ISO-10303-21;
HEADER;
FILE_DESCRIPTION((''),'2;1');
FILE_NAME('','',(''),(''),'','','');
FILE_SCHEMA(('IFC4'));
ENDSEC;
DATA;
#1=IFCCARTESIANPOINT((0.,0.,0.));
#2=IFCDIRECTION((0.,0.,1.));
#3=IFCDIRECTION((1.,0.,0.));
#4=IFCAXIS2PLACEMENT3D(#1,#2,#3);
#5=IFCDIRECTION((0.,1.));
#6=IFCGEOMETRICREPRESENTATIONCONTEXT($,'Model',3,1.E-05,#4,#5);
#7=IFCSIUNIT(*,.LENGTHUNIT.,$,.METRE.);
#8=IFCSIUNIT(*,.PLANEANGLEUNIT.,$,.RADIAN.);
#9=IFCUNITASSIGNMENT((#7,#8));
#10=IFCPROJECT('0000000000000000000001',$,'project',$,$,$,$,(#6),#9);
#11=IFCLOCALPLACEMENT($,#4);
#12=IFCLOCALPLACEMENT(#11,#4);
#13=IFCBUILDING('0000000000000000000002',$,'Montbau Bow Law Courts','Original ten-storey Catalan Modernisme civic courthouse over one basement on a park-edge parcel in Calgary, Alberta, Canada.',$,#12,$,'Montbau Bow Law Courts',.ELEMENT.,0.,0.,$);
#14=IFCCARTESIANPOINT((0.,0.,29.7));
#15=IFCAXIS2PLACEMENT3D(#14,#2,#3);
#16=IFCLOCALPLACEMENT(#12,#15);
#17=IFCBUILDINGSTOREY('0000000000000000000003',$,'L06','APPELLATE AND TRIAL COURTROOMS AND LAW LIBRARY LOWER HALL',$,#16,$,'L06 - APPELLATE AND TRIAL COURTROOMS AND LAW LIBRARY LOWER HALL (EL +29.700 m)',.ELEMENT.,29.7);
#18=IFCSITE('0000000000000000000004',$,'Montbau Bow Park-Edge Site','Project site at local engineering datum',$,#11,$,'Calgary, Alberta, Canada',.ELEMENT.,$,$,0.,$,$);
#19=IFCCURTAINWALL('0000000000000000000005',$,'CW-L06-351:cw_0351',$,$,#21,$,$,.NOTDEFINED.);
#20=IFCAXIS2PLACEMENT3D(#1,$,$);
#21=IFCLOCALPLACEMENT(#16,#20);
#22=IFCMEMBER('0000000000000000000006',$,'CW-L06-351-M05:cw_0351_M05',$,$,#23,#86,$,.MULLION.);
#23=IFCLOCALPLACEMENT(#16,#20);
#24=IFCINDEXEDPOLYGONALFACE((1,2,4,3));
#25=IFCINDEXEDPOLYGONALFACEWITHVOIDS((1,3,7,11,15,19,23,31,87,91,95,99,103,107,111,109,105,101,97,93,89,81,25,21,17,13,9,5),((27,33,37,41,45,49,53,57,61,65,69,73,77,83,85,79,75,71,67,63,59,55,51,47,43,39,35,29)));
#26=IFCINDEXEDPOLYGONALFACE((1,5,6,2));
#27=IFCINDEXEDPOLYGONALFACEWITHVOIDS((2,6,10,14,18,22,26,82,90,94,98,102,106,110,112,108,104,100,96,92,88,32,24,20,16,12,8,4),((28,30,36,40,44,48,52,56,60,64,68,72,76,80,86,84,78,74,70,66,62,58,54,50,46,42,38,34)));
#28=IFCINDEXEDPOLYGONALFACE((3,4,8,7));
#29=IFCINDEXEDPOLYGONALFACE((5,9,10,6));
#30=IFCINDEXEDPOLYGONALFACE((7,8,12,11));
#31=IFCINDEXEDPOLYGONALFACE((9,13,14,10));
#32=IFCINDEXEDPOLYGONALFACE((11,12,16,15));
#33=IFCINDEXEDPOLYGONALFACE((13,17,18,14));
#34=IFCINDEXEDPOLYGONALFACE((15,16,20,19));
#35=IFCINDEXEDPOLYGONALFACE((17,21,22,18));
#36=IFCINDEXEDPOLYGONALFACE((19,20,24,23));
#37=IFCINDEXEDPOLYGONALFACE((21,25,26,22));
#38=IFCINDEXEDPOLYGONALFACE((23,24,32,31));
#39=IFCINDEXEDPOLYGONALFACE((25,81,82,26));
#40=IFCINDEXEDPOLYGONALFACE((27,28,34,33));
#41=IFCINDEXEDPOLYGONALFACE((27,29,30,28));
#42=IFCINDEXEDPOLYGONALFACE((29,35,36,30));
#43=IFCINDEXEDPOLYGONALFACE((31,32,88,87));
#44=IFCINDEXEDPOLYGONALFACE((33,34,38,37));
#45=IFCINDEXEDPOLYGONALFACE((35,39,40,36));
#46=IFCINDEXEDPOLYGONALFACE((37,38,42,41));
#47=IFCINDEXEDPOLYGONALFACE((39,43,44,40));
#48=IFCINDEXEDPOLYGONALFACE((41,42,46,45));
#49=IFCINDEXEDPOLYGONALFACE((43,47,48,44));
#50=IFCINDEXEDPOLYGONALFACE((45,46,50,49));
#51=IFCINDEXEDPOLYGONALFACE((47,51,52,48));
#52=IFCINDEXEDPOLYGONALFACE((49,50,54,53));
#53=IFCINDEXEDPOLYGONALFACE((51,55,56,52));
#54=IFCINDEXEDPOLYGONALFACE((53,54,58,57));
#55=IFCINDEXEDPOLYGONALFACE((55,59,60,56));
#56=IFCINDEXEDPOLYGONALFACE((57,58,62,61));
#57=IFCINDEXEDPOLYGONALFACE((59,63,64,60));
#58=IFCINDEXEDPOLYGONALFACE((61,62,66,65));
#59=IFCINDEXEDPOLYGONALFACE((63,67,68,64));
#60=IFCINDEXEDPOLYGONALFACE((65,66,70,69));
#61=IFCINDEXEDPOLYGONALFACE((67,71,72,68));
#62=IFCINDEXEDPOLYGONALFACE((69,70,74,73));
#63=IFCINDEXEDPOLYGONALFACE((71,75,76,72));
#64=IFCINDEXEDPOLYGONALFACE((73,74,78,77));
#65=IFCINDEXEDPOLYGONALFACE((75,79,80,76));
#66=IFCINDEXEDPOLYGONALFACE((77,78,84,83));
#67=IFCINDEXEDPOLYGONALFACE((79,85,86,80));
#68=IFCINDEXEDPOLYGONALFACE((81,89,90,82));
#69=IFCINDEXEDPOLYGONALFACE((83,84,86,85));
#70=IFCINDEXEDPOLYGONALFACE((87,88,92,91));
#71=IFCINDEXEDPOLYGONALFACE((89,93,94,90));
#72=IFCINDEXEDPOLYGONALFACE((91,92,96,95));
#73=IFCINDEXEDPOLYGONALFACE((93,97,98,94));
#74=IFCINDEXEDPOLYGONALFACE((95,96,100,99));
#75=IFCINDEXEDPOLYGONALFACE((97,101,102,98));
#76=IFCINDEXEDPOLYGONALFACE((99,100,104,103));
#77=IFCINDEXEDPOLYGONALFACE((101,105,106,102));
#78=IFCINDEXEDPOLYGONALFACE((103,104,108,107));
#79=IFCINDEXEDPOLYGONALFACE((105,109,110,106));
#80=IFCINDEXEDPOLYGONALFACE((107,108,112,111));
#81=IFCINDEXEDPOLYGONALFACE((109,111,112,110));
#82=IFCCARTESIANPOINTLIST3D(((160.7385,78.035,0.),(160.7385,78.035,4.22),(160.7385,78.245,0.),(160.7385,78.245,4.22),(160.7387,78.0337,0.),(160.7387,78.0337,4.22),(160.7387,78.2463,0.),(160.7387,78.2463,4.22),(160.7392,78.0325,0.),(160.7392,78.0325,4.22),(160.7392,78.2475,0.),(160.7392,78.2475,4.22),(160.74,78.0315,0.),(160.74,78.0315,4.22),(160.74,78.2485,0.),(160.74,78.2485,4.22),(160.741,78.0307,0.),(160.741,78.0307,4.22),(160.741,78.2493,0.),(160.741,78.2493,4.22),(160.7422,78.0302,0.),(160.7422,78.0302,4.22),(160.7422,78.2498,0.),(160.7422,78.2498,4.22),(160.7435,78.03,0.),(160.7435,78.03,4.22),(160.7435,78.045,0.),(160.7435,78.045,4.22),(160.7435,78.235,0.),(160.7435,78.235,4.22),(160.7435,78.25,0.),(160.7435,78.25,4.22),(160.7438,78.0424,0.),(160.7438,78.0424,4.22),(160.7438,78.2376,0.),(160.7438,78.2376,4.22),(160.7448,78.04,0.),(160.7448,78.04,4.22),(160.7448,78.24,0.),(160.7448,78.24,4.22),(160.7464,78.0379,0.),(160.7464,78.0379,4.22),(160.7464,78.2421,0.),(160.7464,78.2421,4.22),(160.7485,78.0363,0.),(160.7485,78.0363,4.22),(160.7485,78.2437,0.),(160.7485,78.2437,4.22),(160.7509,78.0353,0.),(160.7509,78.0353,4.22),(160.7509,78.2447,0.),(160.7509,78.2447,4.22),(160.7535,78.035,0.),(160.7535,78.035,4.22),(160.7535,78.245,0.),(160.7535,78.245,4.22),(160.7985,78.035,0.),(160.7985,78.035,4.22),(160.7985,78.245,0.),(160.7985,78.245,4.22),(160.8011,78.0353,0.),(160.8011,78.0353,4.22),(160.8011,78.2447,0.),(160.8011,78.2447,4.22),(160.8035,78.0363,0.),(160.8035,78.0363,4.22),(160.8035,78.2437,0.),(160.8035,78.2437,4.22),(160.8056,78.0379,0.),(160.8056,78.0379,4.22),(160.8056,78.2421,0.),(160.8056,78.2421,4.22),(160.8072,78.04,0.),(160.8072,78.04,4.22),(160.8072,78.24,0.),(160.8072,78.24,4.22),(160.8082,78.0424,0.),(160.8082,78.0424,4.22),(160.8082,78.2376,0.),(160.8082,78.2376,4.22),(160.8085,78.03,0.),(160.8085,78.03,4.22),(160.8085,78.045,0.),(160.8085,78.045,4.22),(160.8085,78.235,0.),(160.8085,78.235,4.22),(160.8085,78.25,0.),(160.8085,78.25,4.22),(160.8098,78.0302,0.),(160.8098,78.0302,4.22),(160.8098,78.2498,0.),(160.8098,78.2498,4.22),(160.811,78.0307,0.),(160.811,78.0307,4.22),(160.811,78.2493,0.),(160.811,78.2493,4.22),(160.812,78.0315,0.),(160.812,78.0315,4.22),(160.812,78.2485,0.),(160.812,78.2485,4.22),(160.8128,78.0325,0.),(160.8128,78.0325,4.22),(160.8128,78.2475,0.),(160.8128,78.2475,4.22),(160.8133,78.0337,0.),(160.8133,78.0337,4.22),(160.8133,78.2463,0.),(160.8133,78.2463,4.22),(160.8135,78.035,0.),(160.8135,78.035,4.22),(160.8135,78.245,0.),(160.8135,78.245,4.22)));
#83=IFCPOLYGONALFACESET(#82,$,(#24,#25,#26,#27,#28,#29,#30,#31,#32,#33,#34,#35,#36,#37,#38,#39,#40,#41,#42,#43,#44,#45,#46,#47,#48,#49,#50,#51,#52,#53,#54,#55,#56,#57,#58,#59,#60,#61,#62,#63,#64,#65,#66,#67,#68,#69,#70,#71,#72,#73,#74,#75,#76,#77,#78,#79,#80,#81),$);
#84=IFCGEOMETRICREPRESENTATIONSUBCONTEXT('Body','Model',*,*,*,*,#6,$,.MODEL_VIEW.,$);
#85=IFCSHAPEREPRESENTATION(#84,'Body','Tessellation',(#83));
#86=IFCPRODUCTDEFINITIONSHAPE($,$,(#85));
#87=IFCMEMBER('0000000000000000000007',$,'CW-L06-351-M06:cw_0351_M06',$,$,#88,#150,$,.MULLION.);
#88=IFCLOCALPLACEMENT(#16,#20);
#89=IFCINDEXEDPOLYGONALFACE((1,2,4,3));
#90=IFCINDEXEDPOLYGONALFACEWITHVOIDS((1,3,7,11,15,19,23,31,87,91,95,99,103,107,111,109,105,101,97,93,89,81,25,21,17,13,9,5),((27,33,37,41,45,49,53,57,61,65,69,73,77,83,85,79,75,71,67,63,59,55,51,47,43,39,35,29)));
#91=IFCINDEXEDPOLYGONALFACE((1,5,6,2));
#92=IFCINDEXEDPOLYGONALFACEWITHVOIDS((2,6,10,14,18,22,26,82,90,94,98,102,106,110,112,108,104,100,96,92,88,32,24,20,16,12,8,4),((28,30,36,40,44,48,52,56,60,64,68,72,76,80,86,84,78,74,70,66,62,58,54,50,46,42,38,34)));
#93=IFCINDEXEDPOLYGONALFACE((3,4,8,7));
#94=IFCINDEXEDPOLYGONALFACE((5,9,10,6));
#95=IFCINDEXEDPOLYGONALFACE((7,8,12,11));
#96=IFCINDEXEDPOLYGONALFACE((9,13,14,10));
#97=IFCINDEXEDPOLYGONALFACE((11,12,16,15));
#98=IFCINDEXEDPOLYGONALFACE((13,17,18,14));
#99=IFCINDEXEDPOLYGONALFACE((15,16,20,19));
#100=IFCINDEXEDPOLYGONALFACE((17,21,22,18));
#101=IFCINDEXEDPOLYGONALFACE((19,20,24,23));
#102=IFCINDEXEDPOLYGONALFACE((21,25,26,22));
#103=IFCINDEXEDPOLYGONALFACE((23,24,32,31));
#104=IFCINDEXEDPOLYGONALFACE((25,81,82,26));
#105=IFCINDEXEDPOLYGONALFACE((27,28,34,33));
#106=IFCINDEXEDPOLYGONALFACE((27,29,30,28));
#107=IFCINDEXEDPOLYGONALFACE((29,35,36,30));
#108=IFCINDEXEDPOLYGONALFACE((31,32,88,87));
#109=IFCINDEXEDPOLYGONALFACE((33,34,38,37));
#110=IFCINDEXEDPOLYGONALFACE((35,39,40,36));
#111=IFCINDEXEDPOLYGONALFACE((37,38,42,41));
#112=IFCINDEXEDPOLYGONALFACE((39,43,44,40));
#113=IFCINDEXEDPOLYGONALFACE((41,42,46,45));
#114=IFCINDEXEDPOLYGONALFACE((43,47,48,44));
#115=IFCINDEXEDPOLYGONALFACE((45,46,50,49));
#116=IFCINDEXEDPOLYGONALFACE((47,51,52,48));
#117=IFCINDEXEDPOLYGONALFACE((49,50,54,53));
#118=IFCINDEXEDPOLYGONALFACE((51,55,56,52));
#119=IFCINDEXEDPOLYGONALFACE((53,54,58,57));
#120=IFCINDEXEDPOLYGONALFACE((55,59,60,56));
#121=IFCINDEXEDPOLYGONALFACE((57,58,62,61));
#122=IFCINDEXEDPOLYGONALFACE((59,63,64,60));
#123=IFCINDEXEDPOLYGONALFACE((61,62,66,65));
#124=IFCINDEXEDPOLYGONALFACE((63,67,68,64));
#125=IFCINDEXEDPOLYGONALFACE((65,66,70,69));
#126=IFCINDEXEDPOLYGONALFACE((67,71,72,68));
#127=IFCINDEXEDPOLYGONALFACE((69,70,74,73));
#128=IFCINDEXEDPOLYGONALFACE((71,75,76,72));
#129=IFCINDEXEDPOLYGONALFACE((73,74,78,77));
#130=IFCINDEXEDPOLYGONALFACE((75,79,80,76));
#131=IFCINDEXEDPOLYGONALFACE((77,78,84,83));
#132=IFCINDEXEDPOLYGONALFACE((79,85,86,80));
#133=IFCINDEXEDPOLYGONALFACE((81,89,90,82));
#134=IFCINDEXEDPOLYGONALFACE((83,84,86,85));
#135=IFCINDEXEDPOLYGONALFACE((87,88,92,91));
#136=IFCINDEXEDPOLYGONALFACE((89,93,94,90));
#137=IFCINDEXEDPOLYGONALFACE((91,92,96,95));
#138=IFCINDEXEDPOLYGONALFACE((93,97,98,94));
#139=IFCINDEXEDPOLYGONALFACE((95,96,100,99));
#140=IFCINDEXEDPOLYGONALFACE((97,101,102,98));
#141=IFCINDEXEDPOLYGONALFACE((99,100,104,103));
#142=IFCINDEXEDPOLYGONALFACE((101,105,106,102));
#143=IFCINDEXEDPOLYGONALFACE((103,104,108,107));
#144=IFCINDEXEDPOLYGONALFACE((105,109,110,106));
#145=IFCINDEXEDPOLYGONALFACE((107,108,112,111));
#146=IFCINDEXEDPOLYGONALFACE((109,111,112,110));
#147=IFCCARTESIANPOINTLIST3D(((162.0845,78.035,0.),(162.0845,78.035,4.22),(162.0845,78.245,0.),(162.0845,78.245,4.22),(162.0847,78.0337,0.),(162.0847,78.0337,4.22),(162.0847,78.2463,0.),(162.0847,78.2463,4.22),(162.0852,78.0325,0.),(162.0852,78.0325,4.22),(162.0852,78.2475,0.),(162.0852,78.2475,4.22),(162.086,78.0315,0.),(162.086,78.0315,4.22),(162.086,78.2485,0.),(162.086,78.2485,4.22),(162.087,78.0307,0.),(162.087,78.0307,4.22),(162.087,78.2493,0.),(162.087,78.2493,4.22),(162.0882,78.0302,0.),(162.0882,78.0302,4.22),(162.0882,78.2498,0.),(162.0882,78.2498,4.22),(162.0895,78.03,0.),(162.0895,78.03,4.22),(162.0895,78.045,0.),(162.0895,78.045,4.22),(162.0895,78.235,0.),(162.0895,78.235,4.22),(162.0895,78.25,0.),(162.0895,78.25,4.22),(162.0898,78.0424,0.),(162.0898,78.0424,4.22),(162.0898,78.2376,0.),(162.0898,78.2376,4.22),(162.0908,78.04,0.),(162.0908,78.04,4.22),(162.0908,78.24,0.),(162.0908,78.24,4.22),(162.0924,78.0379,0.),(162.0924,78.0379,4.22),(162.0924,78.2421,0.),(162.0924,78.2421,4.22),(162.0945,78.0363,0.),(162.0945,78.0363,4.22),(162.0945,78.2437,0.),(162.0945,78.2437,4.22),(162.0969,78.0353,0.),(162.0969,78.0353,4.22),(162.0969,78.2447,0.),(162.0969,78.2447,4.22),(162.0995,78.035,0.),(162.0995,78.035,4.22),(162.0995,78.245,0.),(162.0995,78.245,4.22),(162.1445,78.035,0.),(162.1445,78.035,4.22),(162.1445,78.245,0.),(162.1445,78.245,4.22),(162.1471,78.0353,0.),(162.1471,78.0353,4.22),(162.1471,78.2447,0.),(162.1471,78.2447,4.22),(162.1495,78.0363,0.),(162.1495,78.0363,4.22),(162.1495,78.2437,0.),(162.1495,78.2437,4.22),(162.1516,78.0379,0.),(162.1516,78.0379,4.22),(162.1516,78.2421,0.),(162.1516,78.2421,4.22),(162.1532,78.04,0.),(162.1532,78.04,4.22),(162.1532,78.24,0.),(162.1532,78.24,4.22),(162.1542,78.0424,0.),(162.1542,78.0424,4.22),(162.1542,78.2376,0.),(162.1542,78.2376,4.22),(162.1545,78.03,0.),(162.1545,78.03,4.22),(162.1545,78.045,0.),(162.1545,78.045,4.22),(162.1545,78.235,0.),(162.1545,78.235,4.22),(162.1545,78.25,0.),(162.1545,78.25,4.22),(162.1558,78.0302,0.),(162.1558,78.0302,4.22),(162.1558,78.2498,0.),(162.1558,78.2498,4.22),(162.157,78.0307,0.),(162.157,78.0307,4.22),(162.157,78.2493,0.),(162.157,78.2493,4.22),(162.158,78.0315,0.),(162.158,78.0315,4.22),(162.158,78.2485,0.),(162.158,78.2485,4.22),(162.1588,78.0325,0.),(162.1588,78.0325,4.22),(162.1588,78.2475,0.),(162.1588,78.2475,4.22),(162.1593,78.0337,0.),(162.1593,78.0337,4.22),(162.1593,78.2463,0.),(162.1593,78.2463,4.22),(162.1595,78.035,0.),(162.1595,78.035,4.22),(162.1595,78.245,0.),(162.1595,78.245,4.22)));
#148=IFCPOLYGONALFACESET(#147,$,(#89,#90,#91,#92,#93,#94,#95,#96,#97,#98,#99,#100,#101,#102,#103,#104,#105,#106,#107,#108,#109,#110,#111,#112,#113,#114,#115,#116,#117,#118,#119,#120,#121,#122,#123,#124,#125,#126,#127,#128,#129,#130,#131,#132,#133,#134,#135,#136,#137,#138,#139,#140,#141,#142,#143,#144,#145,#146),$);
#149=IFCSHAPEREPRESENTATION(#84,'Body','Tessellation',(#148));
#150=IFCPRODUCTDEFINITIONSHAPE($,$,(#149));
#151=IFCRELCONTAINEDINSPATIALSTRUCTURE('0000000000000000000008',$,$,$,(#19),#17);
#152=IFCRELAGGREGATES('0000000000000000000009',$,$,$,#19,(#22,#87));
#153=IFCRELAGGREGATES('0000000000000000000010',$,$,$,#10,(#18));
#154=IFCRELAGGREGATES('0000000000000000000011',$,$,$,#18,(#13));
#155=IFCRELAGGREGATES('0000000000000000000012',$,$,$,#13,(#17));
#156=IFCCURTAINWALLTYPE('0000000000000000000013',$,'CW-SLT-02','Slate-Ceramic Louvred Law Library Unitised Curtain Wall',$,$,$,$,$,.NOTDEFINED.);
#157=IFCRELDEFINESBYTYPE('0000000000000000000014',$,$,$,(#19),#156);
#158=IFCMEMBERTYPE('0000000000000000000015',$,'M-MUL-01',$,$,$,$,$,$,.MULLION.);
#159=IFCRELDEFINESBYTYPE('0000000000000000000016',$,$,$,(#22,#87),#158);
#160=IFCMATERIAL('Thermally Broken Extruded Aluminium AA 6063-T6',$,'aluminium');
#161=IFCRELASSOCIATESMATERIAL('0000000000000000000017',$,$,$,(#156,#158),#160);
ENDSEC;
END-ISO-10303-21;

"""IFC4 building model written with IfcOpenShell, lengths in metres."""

from ifc_helpers import new_model, si_unit, direction, frame, origin_with_axes, origin_2d_with_axis, place, context, subcontext, project, spatial, hollow_rectangle, extrude, material, material_profile, profile_set, type_object, element, aggregate, save


model = new_model("IFC4")

# Units and contexts
model_context = context("Model", 3, precision=1e-05, world=origin_with_axes(), true_north=direction((0.0, 1.0)))
body_context = subcontext(model_context, "Body", "Model", "MODEL_VIEW")
ifc_project = project(units=[si_unit("LENGTHUNIT", "METRE"), si_unit("PLANEANGLEUNIT", "RADIAN")], contexts=[model_context])

# Site, building, storey
site_placement = place(None, origin_with_axes())
site = spatial("IfcSite", under=ifc_project, at=site_placement, Name="Montbau Bow Park-Edge Site", Description="Project site at local engineering datum", LongName="Calgary, Alberta, Canada", CompositionType="ELEMENT", RefElevation=0.0)
building_placement = place(site_placement, origin_with_axes())
building = spatial("IfcBuilding", under=site, at=building_placement, Name="Montbau Bow Law Courts", Description="Original ten-storey Catalan Modernisme civic courthouse over one basement on a park-edge parcel in Calgary, Alberta, Canada.", LongName="Montbau Bow Law Courts", CompositionType="ELEMENT", ElevationOfRefHeight=0.0, ElevationOfTerrain=0.0)
storey_placement = place(building_placement, frame((0.0, 0.0, 29.7), z_axis=(0.0, 0.0, 1.0), x_axis=(1.0, 0.0, 0.0)))
storey = spatial("IfcBuildingStorey", under=building, at=storey_placement, Name="L06", Description="APPELLATE AND TRIAL COURTROOMS AND LAW LIBRARY LOWER HALL", LongName="L06 - APPELLATE AND TRIAL COURTROOMS AND LAW LIBRARY LOWER HALL (EL +29.700 m)", CompositionType="ELEMENT", Elevation=29.7)

# Curtain wall, members
ifc_material_1 = material(Name="Thermally Broken Extruded Aluminium AA 6063-T6", Category="aluminium")
curtain_wall_type = type_object("IfcCurtainWallType", Name="CW-SLT-02", Description="Slate-Ceramic Louvred Law Library Unitised Curtain Wall", PredefinedType="NOTDEFINED", material=ifc_material_1)
curtain_wall_placement = place(None, frame((155.24, 78.14, 29.7), z_axis=(0.0, 0.0, 1.0), x_axis=(1.0, 0.0, 0.0)))
curtain_wall = element("IfcCurtainWall", 1, at=curtain_wall_placement, inside=storey, type_object=curtain_wall_type, Name="CW-L06-351:cw_0351", PredefinedType="NOTDEFINED")
ifc_material_profile_1 = material_profile(ifc_material_1, hollow_rectangle(XDim=0.075, YDim=0.22, WallThickness=0.005, InnerFilletRadius=0.01, OuterFilletRadius=0.005, at=origin_2d_with_axis()), Name="CWM-220X75", Category="Main", Priority=0)
ifc_profile_set_1 = profile_set([ifc_material_profile_1], Name="Thermally Broken Extruded Aluminium AA 6063-T6")
member_type_1 = type_object("IfcMemberType", Name="M-MUL-01", PredefinedType="MULLION", material=ifc_profile_set_1)
member_1_placement = place(None, frame((160.776, 78.14, 29.7), z_axis=(0.0, 0.0, 1.0), x_axis=(1.0, 0.0, 0.0)))
member_1 = element("IfcMember", 2, at=member_1_placement, type_object=member_type_1, Name="CW-L06-351-M05:cw_0351_M05", PredefinedType="MULLION", context=body_context, shape_type="SweptSolid", body=[
    extrude(hollow_rectangle(XDim=0.075, YDim=0.22, WallThickness=0.005, InnerFilletRadius=0.01, OuterFilletRadius=0.005, at=origin_2d_with_axis()), origin_with_axes(), (0.0, 0.0, 1.0), 4.22),
])
member_2_placement = place(None, frame((162.122, 78.14, 29.7), z_axis=(0.0, 0.0, 1.0), x_axis=(1.0, 0.0, 0.0)))
member_2 = element("IfcMember", 3, at=member_2_placement, type_object=member_type_1, Name="CW-L06-351-M06:cw_0351_M06", PredefinedType="MULLION", context=body_context, shape_type="SweptSolid", body=[
    extrude(hollow_rectangle(XDim=0.075, YDim=0.22, WallThickness=0.005, InnerFilletRadius=0.01, OuterFilletRadius=0.005, at=origin_2d_with_axis()), origin_with_axes(), (0.0, 0.0, 1.0), 4.22),
])
aggregate(curtain_wall, [member_1, member_2])

save(model, "model.ifc")
